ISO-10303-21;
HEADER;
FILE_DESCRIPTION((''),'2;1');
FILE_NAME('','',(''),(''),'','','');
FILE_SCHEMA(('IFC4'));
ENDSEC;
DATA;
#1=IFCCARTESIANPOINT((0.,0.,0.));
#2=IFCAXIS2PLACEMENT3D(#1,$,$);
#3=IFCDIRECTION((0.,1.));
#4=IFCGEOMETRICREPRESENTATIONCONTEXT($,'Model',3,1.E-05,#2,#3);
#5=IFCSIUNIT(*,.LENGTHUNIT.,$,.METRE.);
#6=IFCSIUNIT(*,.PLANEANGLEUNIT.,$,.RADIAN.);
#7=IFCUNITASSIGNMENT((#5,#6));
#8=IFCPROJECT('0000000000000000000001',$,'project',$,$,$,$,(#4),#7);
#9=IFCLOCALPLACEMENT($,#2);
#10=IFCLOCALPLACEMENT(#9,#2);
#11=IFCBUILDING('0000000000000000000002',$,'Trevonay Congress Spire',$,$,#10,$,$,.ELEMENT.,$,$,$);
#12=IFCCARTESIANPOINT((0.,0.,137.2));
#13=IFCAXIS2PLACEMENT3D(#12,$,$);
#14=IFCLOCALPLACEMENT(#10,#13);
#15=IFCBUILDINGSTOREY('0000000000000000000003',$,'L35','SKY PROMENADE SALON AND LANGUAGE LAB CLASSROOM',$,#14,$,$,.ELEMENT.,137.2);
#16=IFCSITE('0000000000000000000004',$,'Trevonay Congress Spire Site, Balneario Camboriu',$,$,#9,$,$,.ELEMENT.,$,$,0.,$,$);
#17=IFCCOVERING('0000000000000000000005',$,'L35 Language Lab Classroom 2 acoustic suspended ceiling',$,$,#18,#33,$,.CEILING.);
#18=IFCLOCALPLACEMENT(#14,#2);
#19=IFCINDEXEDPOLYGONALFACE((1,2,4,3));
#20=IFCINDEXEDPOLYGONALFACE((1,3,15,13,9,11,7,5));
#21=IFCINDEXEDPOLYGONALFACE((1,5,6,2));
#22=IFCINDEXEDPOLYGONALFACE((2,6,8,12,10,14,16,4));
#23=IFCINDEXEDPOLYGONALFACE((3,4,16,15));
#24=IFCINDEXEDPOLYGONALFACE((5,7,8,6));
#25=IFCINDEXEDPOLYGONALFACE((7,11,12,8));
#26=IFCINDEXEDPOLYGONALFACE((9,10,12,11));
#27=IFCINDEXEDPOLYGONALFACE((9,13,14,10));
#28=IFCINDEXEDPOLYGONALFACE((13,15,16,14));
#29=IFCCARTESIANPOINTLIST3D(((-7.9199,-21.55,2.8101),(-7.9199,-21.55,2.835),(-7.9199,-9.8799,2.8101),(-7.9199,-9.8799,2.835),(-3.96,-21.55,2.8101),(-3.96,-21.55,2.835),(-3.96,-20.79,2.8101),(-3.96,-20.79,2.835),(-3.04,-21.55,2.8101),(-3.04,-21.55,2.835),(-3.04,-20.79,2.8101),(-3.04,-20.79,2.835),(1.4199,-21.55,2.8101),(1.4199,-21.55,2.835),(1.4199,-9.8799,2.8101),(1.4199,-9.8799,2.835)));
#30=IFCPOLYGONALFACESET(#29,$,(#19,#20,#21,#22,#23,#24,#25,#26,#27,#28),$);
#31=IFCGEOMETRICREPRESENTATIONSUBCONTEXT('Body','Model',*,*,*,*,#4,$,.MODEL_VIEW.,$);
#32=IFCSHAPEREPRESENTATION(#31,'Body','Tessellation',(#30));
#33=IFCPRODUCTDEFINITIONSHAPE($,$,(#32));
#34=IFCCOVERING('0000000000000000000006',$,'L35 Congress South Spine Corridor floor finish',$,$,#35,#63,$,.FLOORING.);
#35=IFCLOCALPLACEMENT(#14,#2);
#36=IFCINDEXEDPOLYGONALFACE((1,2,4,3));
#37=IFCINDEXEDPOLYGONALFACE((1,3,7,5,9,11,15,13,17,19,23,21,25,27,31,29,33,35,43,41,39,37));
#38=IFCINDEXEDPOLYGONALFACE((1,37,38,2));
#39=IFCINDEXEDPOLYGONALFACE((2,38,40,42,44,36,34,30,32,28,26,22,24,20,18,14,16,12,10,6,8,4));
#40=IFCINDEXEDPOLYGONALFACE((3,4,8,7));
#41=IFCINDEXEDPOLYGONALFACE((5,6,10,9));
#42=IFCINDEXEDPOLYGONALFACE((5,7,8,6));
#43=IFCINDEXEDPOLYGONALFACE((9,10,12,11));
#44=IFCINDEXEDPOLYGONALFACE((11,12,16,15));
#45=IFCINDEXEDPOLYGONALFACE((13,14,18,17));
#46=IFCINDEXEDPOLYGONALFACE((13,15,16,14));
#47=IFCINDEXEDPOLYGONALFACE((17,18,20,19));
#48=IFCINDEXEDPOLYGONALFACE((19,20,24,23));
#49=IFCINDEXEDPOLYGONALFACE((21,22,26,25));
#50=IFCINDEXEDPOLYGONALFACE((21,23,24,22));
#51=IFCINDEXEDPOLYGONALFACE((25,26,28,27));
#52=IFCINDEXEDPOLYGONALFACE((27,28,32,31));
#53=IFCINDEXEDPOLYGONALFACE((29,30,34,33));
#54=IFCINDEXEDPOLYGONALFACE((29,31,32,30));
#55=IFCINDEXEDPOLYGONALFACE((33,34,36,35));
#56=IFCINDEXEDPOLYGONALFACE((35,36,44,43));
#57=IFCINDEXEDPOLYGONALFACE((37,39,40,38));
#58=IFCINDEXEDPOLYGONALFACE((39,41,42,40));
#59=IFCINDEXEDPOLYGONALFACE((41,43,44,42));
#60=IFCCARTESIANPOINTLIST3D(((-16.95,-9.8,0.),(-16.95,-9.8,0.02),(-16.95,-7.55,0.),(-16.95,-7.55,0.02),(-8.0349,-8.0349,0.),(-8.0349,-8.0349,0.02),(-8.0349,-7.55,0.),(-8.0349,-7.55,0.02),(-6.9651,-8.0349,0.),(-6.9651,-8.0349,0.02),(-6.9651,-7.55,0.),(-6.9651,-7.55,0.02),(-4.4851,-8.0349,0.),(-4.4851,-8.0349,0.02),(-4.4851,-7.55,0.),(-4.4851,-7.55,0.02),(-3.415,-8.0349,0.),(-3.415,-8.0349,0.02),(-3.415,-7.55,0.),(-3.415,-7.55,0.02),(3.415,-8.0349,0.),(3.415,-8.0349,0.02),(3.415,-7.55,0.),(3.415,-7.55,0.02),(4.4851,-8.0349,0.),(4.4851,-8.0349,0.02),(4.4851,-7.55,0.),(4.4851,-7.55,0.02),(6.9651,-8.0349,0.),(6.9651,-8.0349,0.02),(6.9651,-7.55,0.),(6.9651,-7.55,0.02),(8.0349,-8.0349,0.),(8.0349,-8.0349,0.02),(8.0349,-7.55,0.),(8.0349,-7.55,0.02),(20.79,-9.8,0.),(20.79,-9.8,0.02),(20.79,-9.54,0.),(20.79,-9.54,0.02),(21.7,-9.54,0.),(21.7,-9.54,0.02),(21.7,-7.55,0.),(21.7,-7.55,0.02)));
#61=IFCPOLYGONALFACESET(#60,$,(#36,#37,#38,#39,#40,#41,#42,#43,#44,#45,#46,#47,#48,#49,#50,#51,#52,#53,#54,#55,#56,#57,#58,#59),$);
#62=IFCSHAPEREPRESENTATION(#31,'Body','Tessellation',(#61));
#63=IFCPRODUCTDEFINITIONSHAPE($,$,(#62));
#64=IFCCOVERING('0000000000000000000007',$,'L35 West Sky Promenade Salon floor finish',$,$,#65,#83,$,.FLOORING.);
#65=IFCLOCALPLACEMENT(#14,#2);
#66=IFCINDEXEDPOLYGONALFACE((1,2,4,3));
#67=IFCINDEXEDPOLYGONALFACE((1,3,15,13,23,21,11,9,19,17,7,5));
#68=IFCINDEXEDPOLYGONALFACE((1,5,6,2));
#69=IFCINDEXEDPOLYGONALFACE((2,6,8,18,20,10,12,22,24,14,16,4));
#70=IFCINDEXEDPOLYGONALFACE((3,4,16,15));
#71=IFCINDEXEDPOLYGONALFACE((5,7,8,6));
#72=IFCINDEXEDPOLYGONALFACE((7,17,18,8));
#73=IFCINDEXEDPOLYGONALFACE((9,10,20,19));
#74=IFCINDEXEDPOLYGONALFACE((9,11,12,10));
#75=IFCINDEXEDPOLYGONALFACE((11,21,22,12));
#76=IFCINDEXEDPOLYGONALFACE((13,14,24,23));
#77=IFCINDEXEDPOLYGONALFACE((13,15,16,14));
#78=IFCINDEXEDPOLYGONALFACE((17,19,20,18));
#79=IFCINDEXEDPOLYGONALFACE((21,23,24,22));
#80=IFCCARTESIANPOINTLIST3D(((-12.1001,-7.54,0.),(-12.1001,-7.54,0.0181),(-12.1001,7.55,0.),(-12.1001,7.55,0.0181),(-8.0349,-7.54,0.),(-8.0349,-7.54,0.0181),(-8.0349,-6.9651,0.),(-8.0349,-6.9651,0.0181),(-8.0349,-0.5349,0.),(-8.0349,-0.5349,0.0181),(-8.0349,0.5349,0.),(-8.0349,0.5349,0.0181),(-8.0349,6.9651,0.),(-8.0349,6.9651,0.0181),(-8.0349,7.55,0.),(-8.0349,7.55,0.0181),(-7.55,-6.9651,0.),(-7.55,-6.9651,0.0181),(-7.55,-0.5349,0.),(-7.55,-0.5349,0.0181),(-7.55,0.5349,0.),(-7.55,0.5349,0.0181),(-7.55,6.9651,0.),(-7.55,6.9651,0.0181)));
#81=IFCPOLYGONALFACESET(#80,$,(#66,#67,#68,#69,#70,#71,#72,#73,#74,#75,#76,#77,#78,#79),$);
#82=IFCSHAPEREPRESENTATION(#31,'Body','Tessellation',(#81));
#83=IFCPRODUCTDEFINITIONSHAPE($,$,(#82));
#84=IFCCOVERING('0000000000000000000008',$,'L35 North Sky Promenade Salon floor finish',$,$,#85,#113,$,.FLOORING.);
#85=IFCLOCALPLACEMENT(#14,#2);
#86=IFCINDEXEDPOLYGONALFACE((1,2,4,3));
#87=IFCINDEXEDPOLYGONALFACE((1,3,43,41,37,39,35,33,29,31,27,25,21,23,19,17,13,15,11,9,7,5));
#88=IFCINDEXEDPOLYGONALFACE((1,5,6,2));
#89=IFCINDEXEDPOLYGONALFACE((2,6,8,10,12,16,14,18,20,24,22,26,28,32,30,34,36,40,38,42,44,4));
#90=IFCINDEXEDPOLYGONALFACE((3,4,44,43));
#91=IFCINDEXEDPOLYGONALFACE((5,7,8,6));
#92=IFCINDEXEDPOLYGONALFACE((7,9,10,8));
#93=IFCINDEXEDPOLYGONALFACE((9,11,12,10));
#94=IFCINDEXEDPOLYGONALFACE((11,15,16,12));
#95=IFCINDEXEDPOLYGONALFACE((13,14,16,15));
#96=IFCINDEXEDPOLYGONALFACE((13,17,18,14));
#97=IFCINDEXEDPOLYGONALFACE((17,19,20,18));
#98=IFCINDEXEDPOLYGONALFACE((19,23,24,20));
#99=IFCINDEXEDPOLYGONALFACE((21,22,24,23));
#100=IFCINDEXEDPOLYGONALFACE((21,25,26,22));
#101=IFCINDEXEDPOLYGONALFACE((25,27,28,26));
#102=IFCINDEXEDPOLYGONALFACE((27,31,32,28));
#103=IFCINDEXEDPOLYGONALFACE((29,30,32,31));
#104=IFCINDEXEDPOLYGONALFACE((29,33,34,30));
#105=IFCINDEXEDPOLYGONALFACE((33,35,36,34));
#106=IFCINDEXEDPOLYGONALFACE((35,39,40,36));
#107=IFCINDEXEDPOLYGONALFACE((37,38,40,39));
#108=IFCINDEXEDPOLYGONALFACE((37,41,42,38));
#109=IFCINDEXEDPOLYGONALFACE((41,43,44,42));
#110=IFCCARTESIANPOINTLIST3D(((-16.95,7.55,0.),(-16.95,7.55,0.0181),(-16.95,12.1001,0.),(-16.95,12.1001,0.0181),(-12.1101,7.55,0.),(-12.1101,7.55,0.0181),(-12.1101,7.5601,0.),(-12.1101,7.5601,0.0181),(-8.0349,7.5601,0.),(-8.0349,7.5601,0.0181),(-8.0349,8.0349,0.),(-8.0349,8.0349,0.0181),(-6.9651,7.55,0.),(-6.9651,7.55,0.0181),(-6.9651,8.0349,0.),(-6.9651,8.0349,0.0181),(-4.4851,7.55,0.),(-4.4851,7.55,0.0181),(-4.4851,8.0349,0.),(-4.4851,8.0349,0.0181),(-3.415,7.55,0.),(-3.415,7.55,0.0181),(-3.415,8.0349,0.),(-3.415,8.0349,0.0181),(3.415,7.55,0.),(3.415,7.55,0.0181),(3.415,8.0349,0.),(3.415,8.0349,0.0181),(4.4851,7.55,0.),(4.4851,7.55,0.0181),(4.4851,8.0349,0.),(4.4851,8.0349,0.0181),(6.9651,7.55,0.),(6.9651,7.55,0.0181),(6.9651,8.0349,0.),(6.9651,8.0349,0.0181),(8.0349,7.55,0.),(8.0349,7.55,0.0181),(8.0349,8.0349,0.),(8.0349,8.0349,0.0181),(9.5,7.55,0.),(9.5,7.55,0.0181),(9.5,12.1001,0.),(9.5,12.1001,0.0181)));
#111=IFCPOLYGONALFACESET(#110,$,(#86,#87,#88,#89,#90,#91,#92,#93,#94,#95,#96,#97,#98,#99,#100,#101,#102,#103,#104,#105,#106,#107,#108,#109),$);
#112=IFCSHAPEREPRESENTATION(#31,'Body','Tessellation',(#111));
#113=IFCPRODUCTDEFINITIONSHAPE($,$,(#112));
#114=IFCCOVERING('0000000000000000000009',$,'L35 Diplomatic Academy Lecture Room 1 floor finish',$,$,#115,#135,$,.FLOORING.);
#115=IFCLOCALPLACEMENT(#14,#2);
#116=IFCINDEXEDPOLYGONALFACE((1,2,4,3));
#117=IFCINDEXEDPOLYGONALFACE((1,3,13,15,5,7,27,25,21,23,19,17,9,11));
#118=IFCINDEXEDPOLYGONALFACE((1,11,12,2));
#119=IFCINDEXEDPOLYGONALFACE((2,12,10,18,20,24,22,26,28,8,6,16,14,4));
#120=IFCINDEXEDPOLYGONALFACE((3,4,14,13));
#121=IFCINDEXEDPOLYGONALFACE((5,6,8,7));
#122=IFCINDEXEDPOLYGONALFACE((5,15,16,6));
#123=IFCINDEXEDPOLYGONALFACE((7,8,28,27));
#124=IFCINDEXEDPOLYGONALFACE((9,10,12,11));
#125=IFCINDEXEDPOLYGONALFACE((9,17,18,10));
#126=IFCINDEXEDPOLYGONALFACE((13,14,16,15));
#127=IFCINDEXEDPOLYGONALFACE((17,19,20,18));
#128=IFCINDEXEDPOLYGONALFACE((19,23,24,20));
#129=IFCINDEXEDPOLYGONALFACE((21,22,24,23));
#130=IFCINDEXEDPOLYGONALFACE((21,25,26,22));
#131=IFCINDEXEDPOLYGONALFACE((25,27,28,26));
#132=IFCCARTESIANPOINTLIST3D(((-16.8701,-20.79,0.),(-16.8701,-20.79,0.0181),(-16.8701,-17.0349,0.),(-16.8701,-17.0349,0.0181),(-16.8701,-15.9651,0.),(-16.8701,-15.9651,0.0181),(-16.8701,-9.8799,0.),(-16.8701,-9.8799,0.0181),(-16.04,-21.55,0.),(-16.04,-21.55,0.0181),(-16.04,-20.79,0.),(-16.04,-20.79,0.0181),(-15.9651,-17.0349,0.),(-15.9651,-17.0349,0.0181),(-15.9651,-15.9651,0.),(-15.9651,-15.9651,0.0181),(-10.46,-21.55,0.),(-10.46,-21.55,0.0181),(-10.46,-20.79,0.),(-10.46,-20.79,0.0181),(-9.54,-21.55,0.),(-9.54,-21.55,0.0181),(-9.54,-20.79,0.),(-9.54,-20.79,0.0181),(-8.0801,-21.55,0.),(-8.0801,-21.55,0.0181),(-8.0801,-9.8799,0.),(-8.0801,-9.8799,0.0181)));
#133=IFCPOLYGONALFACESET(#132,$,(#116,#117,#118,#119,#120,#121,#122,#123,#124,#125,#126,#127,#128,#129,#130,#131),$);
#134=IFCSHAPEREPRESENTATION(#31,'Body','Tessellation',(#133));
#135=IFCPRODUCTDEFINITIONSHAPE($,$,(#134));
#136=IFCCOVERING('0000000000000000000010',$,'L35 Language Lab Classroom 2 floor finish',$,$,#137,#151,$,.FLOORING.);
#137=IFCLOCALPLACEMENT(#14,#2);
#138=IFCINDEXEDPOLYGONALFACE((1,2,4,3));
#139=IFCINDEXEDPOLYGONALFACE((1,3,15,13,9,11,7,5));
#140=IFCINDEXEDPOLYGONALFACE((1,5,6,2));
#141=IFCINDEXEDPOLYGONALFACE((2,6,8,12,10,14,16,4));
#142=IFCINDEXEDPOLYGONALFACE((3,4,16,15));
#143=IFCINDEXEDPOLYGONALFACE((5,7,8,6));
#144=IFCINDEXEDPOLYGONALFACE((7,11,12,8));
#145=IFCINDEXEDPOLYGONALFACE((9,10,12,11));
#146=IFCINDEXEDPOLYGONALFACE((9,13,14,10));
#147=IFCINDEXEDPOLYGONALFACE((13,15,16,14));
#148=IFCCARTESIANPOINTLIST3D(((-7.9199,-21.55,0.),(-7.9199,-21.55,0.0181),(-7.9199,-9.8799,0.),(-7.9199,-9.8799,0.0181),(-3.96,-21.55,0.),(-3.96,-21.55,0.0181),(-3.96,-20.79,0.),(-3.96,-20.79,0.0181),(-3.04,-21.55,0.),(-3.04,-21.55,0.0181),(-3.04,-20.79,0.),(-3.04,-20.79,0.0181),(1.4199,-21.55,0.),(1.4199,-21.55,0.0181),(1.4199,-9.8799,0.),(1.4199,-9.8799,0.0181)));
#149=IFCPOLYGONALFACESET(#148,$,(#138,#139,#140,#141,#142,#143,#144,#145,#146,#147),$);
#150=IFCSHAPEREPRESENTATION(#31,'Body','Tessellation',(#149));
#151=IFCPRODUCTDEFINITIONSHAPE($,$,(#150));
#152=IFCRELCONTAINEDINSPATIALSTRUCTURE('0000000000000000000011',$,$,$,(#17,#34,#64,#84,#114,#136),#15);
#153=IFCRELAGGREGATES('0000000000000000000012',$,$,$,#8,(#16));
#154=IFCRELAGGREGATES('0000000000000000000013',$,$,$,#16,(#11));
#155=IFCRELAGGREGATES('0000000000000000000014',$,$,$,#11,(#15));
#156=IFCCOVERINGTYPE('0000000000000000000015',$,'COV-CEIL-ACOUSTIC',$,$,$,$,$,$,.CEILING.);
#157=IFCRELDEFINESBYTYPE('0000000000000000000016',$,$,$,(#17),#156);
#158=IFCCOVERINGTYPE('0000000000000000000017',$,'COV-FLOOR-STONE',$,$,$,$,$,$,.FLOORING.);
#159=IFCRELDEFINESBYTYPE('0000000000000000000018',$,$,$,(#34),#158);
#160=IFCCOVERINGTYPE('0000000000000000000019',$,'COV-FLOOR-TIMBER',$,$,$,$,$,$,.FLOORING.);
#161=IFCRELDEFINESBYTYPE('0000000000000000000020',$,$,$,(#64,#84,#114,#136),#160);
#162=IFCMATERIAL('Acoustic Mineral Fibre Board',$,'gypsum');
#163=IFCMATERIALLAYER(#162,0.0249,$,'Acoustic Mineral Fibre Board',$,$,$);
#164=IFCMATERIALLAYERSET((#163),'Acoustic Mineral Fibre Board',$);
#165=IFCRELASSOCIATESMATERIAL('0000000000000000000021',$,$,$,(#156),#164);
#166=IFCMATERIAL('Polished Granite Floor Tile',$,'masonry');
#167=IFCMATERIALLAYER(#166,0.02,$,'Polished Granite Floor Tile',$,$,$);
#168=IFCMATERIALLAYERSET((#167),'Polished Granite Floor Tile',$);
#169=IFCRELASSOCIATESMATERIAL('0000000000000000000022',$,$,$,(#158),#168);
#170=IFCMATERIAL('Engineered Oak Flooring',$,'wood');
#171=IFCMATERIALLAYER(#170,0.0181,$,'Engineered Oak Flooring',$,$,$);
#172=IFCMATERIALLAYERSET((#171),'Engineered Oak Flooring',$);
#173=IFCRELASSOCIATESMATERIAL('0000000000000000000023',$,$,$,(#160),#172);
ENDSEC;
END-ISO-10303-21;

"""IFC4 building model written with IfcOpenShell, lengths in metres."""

from ifc_helpers import new_model, si_unit, direction, frame, origin, place, context, subcontext, project, spatial, polyline, outline, extrude, material, layer, layer_set, type_object, element, save


model = new_model("IFC4")

# Units and contexts
model_context = context("Model", 3, precision=1e-05, world=origin(), true_north=direction((0.0, 1.0)))
body_context = subcontext(model_context, "Body", "Model", "MODEL_VIEW")
ifc_project = project(units=[si_unit("LENGTHUNIT", "METRE"), si_unit("PLANEANGLEUNIT", "RADIAN")], contexts=[model_context])

# Site, building, storey
site_placement = place(None, origin())
site = spatial("IfcSite", under=ifc_project, at=site_placement, Name="Trevonay Congress Spire Site, Balneario Camboriu", CompositionType="ELEMENT", RefElevation=0.0)
building_placement = place(site_placement, origin())
building = spatial("IfcBuilding", under=site, at=building_placement, Name="Trevonay Congress Spire", CompositionType="ELEMENT")
storey_placement = place(building_placement, frame((0.0, 0.0, 137.2)))
storey = spatial("IfcBuildingStorey", under=building, at=storey_placement, Name="L35", Description="SKY PROMENADE SALON AND LANGUAGE LAB CLASSROOM", CompositionType="ELEMENT", Elevation=137.2)

# Coverings
ifc_material_1 = material(Name="Acoustic Mineral Fibre Board", Category="gypsum")
ifc_layer_1 = layer(ifc_material_1, 0.0249, Name="Acoustic Mineral Fibre Board")
ifc_layer_set_1 = layer_set([ifc_layer_1], Name="Acoustic Mineral Fibre Board")
covering_type_1 = type_object("IfcCoveringType", Name="COV-CEIL-ACOUSTIC", PredefinedType="CEILING", material=ifc_layer_set_1)
covering_1_placement = place(storey_placement, frame((0.0, 0.0, 2.8101)))
element("IfcCovering", 1, at=covering_1_placement, inside=storey, type_object=covering_type_1, Name="L35 Language Lab Classroom 2 acoustic suspended ceiling", PredefinedType="CEILING", context=body_context, shape_type="SweptSolid", body=[
    extrude(outline(polyline([(-7.9199, -21.55), (-7.9199, -9.8799), (1.4199, -9.8799), (1.4199, -21.55), (-3.04, -21.55), (-3.04, -20.79), (-3.96, -20.79), (-3.96, -21.55), (-7.9199, -21.55)])), origin(), (0.0, 0.0, 1.0), 0.0249),
])
ifc_material_2 = material(Name="Polished Granite Floor Tile", Category="masonry")
ifc_layer_2 = layer(ifc_material_2, 0.02, Name="Polished Granite Floor Tile")
ifc_layer_set_2 = layer_set([ifc_layer_2], Name="Polished Granite Floor Tile")
covering_type_2 = type_object("IfcCoveringType", Name="COV-FLOOR-STONE", PredefinedType="FLOORING", material=ifc_layer_set_2)
covering_2_placement = place(storey_placement, origin())
element("IfcCovering", 2, at=covering_2_placement, inside=storey, type_object=covering_type_2, Name="L35 Congress South Spine Corridor floor finish", PredefinedType="FLOORING", context=body_context, shape_type="SweptSolid", body=[
    extrude(outline(polyline([(-16.95, -9.8), (-16.95, -7.55), (-8.0349, -7.55), (-8.0349, -8.0349), (-6.9651, -8.0349), (-6.9651, -7.55), (-4.4851, -7.55), (-4.4851, -8.0349), (-3.415, -8.0349), (-3.415, -7.55), (3.415, -7.55), (3.415, -8.0349), (4.4851, -8.0349), (4.4851, -7.55), (6.9651, -7.55), (6.9651, -8.0349), (8.0349, -8.0349), (8.0349, -7.55), (21.7, -7.55), (21.7, -9.54), (20.79, -9.54), (20.79, -9.8), (-16.95, -9.8)])), origin(), (0.0, 0.0, 1.0), 0.02),
])
ifc_material_3 = material(Name="Engineered Oak Flooring", Category="wood")
ifc_layer_3 = layer(ifc_material_3, 0.0181, Name="Engineered Oak Flooring")
ifc_layer_set_3 = layer_set([ifc_layer_3], Name="Engineered Oak Flooring")
covering_type_3 = type_object("IfcCoveringType", Name="COV-FLOOR-TIMBER", PredefinedType="FLOORING", material=ifc_layer_set_3)
covering_3_placement = place(storey_placement, origin())
element("IfcCovering", 3, at=covering_3_placement, inside=storey, type_object=covering_type_3, Name="L35 West Sky Promenade Salon floor finish", PredefinedType="FLOORING", context=body_context, shape_type="SweptSolid", body=[
    extrude(outline(polyline([(-12.1001, 7.55), (-8.0349, 7.55), (-8.0349, 6.9651), (-7.55, 6.9651), (-7.55, 0.5349), (-8.0349, 0.5349), (-8.0349, -0.5349), (-7.55, -0.5349), (-7.55, -6.9651), (-8.0349, -6.9651), (-8.0349, -7.54), (-12.1001, -7.54), (-12.1001, 7.55)])), origin(), (0.0, 0.0, 1.0), 0.0181),
])
covering_4_placement = place(storey_placement, origin())
element("IfcCovering", 4, at=covering_4_placement, inside=storey, type_object=covering_type_3, Name="L35 North Sky Promenade Salon floor finish", PredefinedType="FLOORING", context=body_context, shape_type="SweptSolid", body=[
    extrude(outline(polyline([(-16.95, 12.1001), (9.5, 12.1001), (9.5, 7.55), (8.0349, 7.55), (8.0349, 8.0349), (6.9651, 8.0349), (6.9651, 7.55), (4.4851, 7.55), (4.4851, 8.0349), (3.415, 8.0349), (3.415, 7.55), (-3.415, 7.55), (-3.415, 8.0349), (-4.4851, 8.0349), (-4.4851, 7.55), (-6.9651, 7.55), (-6.9651, 8.0349), (-8.0349, 8.0349), (-8.0349, 7.5601), (-12.1101, 7.5601), (-12.1101, 7.55), (-16.95, 7.55), (-16.95, 12.1001)])), origin(), (0.0, 0.0, 1.0), 0.0181),
])
covering_5_placement = place(storey_placement, origin())
element("IfcCovering", 5, at=covering_5_placement, inside=storey, type_object=covering_type_3, Name="L35 Diplomatic Academy Lecture Room 1 floor finish", PredefinedType="FLOORING", context=body_context, shape_type="SweptSolid", body=[
    extrude(outline(polyline([(-16.04, -21.55), (-16.04, -20.79), (-16.8701, -20.79), (-16.8701, -17.0349), (-15.9651, -17.0349), (-15.9651, -15.9651), (-16.8701, -15.9651), (-16.8701, -9.8799), (-8.0801, -9.8799), (-8.0801, -21.55), (-9.54, -21.55), (-9.54, -20.79), (-10.46, -20.79), (-10.46, -21.55), (-16.04, -21.55)])), origin(), (0.0, 0.0, 1.0), 0.0181),
])
covering_6_placement = place(storey_placement, origin())
element("IfcCovering", 6, at=covering_6_placement, inside=storey, type_object=covering_type_3, Name="L35 Language Lab Classroom 2 floor finish", PredefinedType="FLOORING", context=body_context, shape_type="SweptSolid", body=[
    extrude(outline(polyline([(-7.9199, -21.55), (-7.9199, -9.8799), (1.4199, -9.8799), (1.4199, -21.55), (-3.04, -21.55), (-3.04, -20.79), (-3.96, -20.79), (-3.96, -21.55), (-7.9199, -21.55)])), origin(), (0.0, 0.0, 1.0), 0.0181),
])

save(model, "model.ifc")
